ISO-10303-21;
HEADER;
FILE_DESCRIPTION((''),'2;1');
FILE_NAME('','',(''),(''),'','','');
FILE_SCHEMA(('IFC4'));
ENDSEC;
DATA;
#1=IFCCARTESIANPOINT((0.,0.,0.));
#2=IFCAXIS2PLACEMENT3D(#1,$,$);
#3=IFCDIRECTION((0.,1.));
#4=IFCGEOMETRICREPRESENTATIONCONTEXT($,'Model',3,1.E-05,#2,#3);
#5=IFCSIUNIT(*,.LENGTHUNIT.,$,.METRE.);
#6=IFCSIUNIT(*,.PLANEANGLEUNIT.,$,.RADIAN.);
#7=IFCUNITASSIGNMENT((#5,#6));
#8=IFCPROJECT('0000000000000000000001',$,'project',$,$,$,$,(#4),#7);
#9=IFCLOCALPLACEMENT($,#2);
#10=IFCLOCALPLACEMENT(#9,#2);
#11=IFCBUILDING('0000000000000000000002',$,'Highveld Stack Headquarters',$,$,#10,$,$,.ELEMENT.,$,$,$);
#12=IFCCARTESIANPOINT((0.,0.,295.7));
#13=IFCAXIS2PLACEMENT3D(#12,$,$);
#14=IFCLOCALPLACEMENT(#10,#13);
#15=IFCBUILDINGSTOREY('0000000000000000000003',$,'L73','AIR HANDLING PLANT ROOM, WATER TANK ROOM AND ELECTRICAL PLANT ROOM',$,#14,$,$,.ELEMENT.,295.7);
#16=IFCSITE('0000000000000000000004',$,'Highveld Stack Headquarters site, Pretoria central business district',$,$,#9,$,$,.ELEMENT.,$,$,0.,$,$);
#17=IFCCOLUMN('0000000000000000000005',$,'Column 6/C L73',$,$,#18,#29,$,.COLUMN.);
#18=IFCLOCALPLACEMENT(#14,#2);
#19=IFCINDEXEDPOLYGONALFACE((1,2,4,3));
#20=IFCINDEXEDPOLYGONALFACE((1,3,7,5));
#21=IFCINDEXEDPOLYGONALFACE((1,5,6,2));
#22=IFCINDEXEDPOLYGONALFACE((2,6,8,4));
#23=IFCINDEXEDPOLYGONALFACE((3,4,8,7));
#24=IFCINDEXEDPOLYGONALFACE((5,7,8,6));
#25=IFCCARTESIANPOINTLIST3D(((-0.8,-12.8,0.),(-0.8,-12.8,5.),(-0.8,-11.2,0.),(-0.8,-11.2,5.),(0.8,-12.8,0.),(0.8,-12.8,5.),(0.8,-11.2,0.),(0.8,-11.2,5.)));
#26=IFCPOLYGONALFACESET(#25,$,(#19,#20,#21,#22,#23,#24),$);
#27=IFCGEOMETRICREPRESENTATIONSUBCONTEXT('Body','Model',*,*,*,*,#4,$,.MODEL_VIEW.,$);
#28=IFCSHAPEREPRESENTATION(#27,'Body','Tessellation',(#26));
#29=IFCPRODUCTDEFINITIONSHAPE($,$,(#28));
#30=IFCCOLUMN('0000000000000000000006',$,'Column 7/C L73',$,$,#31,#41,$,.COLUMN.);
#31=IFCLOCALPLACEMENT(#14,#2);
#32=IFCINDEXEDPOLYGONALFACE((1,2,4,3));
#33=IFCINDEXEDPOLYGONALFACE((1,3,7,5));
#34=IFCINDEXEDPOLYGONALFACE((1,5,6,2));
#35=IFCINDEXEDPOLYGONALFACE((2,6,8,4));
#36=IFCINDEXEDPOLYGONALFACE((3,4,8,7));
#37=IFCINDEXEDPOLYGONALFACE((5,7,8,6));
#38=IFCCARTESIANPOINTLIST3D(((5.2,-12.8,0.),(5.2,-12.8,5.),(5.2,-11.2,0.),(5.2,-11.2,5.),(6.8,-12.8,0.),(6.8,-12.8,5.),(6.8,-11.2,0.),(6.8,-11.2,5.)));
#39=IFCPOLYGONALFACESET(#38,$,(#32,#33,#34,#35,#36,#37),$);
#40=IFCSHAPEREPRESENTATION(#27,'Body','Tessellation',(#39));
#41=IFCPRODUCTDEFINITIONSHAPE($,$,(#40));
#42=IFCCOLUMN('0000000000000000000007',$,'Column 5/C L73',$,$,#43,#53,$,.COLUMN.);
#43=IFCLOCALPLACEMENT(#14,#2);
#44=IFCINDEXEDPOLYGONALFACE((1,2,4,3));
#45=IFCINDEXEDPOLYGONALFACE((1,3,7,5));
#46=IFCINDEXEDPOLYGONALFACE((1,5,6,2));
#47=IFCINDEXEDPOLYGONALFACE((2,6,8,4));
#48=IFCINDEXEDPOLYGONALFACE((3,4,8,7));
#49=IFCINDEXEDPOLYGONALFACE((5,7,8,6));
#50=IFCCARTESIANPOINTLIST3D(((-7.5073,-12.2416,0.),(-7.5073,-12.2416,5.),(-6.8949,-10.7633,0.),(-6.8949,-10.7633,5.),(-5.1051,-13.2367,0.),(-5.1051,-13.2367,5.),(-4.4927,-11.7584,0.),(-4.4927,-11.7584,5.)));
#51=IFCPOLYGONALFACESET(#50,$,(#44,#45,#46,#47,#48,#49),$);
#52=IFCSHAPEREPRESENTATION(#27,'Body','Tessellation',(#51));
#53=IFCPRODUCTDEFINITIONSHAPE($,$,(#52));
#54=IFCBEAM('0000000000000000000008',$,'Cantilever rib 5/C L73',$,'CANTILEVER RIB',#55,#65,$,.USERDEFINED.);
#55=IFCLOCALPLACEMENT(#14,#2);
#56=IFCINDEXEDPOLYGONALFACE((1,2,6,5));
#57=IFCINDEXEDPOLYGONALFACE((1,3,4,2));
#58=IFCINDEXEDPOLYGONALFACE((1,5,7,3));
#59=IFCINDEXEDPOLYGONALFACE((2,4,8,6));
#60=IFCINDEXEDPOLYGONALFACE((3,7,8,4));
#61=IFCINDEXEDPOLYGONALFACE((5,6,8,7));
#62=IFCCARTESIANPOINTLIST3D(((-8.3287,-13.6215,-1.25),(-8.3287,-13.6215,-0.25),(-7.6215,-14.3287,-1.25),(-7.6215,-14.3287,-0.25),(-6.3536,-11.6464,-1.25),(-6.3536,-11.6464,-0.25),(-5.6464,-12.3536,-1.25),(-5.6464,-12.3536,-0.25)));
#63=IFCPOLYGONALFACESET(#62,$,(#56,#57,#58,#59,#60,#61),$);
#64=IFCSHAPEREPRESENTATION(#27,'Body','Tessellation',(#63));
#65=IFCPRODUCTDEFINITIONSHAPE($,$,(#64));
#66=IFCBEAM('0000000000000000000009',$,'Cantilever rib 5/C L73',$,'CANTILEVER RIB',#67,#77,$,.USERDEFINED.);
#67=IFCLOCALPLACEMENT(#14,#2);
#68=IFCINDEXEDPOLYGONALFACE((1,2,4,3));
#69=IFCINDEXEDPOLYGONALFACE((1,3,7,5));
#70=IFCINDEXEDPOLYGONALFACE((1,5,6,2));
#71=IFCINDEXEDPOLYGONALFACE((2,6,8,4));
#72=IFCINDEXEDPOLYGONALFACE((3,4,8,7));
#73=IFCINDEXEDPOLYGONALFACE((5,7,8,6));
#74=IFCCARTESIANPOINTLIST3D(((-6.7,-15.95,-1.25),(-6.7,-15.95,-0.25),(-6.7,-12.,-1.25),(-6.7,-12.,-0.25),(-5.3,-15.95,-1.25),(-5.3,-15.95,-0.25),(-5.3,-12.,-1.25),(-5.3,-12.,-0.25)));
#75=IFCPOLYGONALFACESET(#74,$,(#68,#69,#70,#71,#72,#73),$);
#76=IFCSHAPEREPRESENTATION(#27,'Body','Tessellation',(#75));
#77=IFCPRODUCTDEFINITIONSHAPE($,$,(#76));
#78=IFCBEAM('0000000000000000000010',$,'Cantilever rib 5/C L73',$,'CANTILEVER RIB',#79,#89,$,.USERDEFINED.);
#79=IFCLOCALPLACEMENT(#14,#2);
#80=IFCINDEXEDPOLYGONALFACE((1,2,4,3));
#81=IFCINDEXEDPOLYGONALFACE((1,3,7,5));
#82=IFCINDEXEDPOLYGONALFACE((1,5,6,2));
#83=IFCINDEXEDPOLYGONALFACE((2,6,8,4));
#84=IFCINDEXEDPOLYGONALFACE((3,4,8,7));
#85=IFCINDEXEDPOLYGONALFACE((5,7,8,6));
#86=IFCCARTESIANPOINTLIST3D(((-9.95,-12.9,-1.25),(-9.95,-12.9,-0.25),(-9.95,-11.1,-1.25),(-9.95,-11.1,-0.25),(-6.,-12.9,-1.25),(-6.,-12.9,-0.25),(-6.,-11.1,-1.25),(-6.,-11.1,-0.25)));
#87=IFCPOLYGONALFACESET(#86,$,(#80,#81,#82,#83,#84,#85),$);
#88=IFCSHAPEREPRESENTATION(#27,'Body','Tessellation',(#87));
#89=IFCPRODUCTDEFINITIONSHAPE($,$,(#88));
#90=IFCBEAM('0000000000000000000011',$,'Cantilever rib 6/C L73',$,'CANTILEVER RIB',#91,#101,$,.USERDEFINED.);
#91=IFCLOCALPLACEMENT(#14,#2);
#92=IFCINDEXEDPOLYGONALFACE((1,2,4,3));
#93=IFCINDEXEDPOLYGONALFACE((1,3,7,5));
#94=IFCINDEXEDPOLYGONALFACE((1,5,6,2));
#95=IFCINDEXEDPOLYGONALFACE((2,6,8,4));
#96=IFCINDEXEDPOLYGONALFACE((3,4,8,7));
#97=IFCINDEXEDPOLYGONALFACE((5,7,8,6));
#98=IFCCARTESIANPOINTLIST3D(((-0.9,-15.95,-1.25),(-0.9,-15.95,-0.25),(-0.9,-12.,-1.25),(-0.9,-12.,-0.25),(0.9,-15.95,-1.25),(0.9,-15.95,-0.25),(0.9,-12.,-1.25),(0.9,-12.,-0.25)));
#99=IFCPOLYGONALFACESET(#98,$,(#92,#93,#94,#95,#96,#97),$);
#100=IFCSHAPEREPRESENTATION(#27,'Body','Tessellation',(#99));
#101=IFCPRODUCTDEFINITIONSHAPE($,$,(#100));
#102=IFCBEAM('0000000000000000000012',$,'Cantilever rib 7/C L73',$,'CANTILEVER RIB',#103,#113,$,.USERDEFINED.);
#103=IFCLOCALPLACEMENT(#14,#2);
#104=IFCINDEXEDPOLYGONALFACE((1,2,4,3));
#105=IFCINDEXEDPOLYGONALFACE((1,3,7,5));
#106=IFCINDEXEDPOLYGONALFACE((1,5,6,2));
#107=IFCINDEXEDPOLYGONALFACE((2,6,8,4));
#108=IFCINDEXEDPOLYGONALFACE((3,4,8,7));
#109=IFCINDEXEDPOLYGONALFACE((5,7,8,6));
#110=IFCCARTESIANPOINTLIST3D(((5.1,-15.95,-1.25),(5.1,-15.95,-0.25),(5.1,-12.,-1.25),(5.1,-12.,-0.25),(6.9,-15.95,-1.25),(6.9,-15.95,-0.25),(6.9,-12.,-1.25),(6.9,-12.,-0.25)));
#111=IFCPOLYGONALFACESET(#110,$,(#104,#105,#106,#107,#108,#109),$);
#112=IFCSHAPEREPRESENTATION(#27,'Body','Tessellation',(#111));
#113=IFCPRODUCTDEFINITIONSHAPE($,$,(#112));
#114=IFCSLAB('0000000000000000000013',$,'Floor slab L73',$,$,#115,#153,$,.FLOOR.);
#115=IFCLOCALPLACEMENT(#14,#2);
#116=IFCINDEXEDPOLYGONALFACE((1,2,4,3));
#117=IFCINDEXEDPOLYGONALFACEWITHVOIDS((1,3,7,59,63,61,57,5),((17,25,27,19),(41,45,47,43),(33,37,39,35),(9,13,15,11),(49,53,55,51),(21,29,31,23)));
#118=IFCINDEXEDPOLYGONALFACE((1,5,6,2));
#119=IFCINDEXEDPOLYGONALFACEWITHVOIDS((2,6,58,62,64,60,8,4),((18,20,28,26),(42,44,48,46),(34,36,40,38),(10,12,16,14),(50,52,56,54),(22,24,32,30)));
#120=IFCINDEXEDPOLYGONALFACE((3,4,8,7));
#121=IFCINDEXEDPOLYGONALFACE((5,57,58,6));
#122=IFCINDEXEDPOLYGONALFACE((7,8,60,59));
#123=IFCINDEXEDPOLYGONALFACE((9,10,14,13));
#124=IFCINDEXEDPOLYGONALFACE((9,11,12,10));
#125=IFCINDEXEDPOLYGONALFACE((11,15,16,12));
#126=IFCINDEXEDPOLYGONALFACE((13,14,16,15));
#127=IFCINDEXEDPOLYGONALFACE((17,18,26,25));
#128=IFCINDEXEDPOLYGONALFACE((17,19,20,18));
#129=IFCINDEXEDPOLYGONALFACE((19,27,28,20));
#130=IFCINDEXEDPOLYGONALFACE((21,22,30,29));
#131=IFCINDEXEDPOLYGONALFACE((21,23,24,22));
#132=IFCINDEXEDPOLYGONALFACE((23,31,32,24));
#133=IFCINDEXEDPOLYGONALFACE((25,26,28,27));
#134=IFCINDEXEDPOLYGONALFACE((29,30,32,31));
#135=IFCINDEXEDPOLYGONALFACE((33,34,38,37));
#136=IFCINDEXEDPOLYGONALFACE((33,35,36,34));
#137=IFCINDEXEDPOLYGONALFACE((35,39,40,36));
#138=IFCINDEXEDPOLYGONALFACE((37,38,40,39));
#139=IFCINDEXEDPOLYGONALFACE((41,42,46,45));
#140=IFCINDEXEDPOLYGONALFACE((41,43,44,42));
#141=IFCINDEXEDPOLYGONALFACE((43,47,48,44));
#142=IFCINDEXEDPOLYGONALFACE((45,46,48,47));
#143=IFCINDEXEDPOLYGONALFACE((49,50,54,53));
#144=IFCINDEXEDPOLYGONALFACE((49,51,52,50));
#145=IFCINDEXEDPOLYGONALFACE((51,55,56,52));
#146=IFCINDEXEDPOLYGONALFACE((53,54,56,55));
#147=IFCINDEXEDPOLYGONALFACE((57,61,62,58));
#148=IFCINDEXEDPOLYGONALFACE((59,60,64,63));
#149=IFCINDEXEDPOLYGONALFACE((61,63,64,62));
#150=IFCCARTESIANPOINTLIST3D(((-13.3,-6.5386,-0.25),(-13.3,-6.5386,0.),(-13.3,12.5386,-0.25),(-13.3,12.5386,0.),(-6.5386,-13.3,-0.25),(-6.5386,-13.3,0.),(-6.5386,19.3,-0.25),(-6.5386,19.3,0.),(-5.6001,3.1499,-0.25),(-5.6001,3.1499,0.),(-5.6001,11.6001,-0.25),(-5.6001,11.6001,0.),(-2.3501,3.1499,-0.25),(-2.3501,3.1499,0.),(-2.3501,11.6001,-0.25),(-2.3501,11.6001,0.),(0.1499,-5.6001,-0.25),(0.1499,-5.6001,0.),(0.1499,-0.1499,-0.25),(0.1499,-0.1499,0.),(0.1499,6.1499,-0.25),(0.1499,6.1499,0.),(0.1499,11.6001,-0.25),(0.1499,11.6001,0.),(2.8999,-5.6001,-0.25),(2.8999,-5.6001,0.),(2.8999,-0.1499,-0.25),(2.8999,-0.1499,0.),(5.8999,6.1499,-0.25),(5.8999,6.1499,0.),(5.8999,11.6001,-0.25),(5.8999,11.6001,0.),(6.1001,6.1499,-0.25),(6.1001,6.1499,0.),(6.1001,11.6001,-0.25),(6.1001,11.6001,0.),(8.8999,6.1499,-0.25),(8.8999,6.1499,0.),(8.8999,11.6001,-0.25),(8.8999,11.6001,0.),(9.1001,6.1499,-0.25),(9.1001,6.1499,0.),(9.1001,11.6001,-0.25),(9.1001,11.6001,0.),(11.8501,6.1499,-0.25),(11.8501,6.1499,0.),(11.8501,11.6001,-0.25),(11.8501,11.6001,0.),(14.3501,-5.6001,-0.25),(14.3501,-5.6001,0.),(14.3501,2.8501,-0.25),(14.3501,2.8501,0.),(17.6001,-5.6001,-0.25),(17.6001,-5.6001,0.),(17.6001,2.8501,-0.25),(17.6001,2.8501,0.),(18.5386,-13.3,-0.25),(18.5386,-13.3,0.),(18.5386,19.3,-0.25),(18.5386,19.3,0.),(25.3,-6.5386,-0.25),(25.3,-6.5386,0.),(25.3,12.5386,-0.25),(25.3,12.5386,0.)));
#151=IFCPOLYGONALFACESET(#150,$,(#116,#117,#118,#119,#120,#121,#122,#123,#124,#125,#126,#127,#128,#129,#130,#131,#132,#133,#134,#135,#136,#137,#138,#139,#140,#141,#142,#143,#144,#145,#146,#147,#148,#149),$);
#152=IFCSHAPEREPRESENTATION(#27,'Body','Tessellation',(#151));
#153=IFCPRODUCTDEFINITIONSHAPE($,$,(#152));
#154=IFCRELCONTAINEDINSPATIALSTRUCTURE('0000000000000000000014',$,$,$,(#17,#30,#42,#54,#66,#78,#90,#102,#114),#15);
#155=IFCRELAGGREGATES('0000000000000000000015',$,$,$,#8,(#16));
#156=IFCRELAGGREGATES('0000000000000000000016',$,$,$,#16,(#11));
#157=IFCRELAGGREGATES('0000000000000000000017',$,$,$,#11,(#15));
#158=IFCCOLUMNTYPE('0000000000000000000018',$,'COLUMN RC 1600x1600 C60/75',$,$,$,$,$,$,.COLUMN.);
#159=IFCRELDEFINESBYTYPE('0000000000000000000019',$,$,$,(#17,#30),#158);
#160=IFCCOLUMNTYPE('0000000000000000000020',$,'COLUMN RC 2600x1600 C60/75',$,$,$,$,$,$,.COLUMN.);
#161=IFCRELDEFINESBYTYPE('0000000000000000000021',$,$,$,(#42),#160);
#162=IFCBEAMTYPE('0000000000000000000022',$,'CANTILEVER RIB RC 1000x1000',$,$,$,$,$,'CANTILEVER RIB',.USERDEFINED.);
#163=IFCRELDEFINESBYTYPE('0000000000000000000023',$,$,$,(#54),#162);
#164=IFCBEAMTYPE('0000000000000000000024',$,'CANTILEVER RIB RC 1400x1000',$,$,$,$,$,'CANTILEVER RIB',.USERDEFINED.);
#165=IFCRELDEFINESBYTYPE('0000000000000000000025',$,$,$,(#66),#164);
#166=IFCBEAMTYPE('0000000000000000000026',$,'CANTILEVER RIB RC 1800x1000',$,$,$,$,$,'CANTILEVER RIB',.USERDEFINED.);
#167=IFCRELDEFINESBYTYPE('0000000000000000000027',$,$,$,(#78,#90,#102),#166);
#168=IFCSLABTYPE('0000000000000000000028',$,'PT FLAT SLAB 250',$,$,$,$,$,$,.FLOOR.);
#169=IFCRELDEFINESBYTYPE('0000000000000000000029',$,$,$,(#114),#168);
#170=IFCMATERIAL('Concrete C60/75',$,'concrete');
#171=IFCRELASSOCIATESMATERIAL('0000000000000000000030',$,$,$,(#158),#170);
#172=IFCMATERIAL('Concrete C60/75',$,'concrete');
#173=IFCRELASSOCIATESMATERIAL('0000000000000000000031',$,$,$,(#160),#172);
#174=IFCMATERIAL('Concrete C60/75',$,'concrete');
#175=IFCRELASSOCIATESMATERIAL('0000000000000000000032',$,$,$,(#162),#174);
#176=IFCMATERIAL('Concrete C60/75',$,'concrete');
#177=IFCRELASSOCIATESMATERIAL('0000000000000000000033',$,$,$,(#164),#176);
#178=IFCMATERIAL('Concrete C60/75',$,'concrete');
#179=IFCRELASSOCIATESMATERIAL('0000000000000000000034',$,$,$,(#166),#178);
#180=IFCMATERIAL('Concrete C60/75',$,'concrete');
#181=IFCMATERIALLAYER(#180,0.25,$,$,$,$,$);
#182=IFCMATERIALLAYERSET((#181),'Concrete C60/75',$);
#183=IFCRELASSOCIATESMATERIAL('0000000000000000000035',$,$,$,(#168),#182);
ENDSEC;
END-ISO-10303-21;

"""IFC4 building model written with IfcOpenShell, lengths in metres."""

from ifc_helpers import new_model, si_unit, direction, frame, origin, origin_2d, place, context, subcontext, project, spatial, polyline, rectangle, outline, extrude, material, layer, layer_set, material_profile, profile_set, type_object, element, save


model = new_model("IFC4")

# Units and contexts
model_context = context("Model", 3, precision=1e-05, world=origin(), true_north=direction((0.0, 1.0)))
body_context = subcontext(model_context, "Body", "Model", "MODEL_VIEW")
ifc_project = project(units=[si_unit("LENGTHUNIT", "METRE"), si_unit("PLANEANGLEUNIT", "RADIAN")], contexts=[model_context])

# Site, building, storey
site_placement = place(None, origin())
site = spatial("IfcSite", under=ifc_project, at=site_placement, Name="Highveld Stack Headquarters site, Pretoria central business district", CompositionType="ELEMENT", RefElevation=0.0)
building_placement = place(site_placement, origin())
building = spatial("IfcBuilding", under=site, at=building_placement, Name="Highveld Stack Headquarters", CompositionType="ELEMENT")
storey_placement = place(building_placement, frame((0.0, 0.0, 295.7)))
storey = spatial("IfcBuildingStorey", under=building, at=storey_placement, Name="L73", Description="AIR HANDLING PLANT ROOM, WATER TANK ROOM AND ELECTRICAL PLANT ROOM", CompositionType="ELEMENT", Elevation=295.7)

# Columns
ifc_material_1 = material(Name="Concrete C60/75", Category="concrete")
ifc_material_profile_1 = material_profile(ifc_material_1, rectangle(XDim=1.6001, YDim=1.6001, at=origin_2d()), Name="RC 1600x1600")
ifc_profile_set_1 = profile_set([ifc_material_profile_1], Name="Concrete C60/75")
column_type_1 = type_object("IfcColumnType", Name="COLUMN RC 1600x1600 C60/75", PredefinedType="COLUMN", material=ifc_profile_set_1)
for number, where, z_axis, x_axis, name in (
    (1, (0.0, -12.0, 0.0), (0.0, 0.0, 1.0), (1.0, 0.0, 0.0), "Column 6/C L73"),
    (2, (6.0, -12.0, 0.0), (0.0, 0.0, 1.0), (1.0, 0.0, 0.0), "Column 7/C L73"),
):
    element("IfcColumn", number, at=place(storey_placement, frame(where, z_axis=z_axis, x_axis=x_axis)), inside=storey, type_object=column_type_1, Name=name, PredefinedType="COLUMN", context=body_context, shape_type="SweptSolid", body=[
        extrude(rectangle(XDim=1.6001, YDim=1.6001, at=origin_2d()), origin(), (0.0, 0.0, 1.0), 5.0),
    ])
ifc_material_2 = material(Name="Concrete C60/75", Category="concrete")
ifc_material_profile_2 = material_profile(ifc_material_2, rectangle(XDim=2.6001, YDim=1.6001, at=origin_2d()), Name="RC 2600x1600")
ifc_profile_set_2 = profile_set([ifc_material_profile_2], Name="Concrete C60/75")
column_type_2 = type_object("IfcColumnType", Name="COLUMN RC 2600x1600 C60/75", PredefinedType="COLUMN", material=ifc_profile_set_2)
column_placement = place(storey_placement, frame((-6.0, -12.0, 0.0), z_axis=(0.0, 0.0, 1.0), x_axis=(-0.92388, 0.382683, 0.0)))
element("IfcColumn", 3, at=column_placement, inside=storey, type_object=column_type_2, Name="Column 5/C L73", PredefinedType="COLUMN", context=body_context, shape_type="SweptSolid", body=[
    extrude(rectangle(XDim=2.6001, YDim=1.6001, at=origin_2d()), origin(), (0.0, 0.0, 1.0), 5.0),
])

# Beams
ifc_material_3 = material(Name="Concrete C60/75", Category="concrete")
ifc_material_profile_3 = material_profile(ifc_material_3, rectangle(XDim=1.0, YDim=1.0, at=origin_2d()), Name="RC 1000x1000")
ifc_profile_set_3 = profile_set([ifc_material_profile_3], Name="Concrete C60/75")
beam_type_1 = type_object("IfcBeamType", Name="CANTILEVER RIB RC 1000x1000", ElementType="CANTILEVER RIB", PredefinedType="USERDEFINED", material=ifc_profile_set_3)
beam_1_placement = place(storey_placement, frame((-6.0, -12.0, -0.75), z_axis=(-0.707107, -0.707107, 0.0), x_axis=(0.707107, -0.707107, 0.0)))
element("IfcBeam", 4, at=beam_1_placement, inside=storey, type_object=beam_type_1, Name="Cantilever rib 5/C L73", ObjectType="CANTILEVER RIB", PredefinedType="USERDEFINED", context=body_context, shape_type="SweptSolid", body=[
    extrude(rectangle(XDim=1.0, YDim=1.0, at=origin_2d()), origin(), (0.0, 0.0, 1.0), 2.7932),
])
ifc_material_4 = material(Name="Concrete C60/75", Category="concrete")
ifc_material_profile_4 = material_profile(ifc_material_4, rectangle(XDim=1.3999, YDim=1.0, at=origin_2d()), Name="RC 1400x1000")
ifc_profile_set_4 = profile_set([ifc_material_profile_4], Name="Concrete C60/75")
beam_type_2 = type_object("IfcBeamType", Name="CANTILEVER RIB RC 1400x1000", ElementType="CANTILEVER RIB", PredefinedType="USERDEFINED", material=ifc_profile_set_4)
beam_2_placement = place(storey_placement, frame((-6.0, -12.0, -0.75), z_axis=(0.0, -1.0, 0.0), x_axis=(1.0, 0.0, 0.0)))
element("IfcBeam", 5, at=beam_2_placement, inside=storey, type_object=beam_type_2, Name="Cantilever rib 5/C L73", ObjectType="CANTILEVER RIB", PredefinedType="USERDEFINED", context=body_context, shape_type="SweptSolid", body=[
    extrude(rectangle(XDim=1.3999, YDim=1.0, at=origin_2d()), origin(), (0.0, 0.0, 1.0), 3.95),
])
ifc_material_5 = material(Name="Concrete C60/75", Category="concrete")
ifc_material_profile_5 = material_profile(ifc_material_5, rectangle(XDim=1.8, YDim=1.0, at=origin_2d()), Name="RC 1800x1000")
ifc_profile_set_5 = profile_set([ifc_material_profile_5], Name="Concrete C60/75")
beam_type_3 = type_object("IfcBeamType", Name="CANTILEVER RIB RC 1800x1000", ElementType="CANTILEVER RIB", PredefinedType="USERDEFINED", material=ifc_profile_set_5)
for number, where, z_axis, x_axis, name in (
    (6, (-6.0, -12.0, -0.75), (-1.0, 0.0, 0.0), (0.0, -1.0, 0.0), "Cantilever rib 5/C L73"),
    (7, (0.0, -12.0, -0.75), (0.0, -1.0, 0.0), (1.0, 0.0, 0.0), "Cantilever rib 6/C L73"),
    (8, (6.0, -12.0, -0.75), (0.0, -1.0, 0.0), (1.0, 0.0, 0.0), "Cantilever rib 7/C L73"),
):
    element("IfcBeam", number, at=place(storey_placement, frame(where, z_axis=z_axis, x_axis=x_axis)), inside=storey, type_object=beam_type_3, Name=name, ObjectType="CANTILEVER RIB", PredefinedType="USERDEFINED", context=body_context, shape_type="SweptSolid", body=[
        extrude(rectangle(XDim=1.8, YDim=1.0, at=origin_2d()), origin(), (0.0, 0.0, 1.0), 3.95),
    ])

# Slab
ifc_material_6 = material(Name="Concrete C60/75", Category="concrete")
ifc_layer_1 = layer(ifc_material_6, 0.25)
ifc_layer_set_1 = layer_set([ifc_layer_1], Name="Concrete C60/75")
slab_type_1 = type_object("IfcSlabType", Name="PT FLAT SLAB 250", PredefinedType="FLOOR", material=ifc_layer_set_1)
slab_1_placement = place(storey_placement, frame((0.0, 0.0, -0.25)))
element("IfcSlab", 9, at=slab_1_placement, inside=storey, type_object=slab_type_1, Name="Floor slab L73", PredefinedType="FLOOR", context=body_context, shape_type="SweptSolid", body=[
    extrude(outline(polyline([(-6.5386, -13.3), (18.5386, -13.3), (25.3, -6.5386), (25.3, 12.5386), (18.5386, 19.3), (-6.5386, 19.3), (-13.3, 12.5386), (-13.3, -6.5386), (-6.5386, -13.3)]), holes=[polyline([(0.1499, 6.1499), (5.8999, 6.1499), (5.8999, 11.6001), (0.1499, 11.6001), (0.1499, 6.1499)]), polyline([(9.1001, 6.1499), (11.8501, 6.1499), (11.8501, 11.6001), (9.1001, 11.6001), (9.1001, 6.1499)]), polyline([(6.1001, 6.1499), (8.8999, 6.1499), (8.8999, 11.6001), (6.1001, 11.6001), (6.1001, 6.1499)]), polyline([(0.1499, -5.6001), (2.8999, -5.6001), (2.8999, -0.1499), (0.1499, -0.1499), (0.1499, -5.6001)]), polyline([(-5.6001, 3.1499), (-2.3501, 3.1499), (-2.3501, 11.6001), (-5.6001, 11.6001), (-5.6001, 3.1499)]), polyline([(14.3501, -5.6001), (17.6001, -5.6001), (17.6001, 2.8501), (14.3501, 2.8501), (14.3501, -5.6001)])]), origin(), (0.0, 0.0, 1.0), 0.25),
])

save(model, "model.ifc")
